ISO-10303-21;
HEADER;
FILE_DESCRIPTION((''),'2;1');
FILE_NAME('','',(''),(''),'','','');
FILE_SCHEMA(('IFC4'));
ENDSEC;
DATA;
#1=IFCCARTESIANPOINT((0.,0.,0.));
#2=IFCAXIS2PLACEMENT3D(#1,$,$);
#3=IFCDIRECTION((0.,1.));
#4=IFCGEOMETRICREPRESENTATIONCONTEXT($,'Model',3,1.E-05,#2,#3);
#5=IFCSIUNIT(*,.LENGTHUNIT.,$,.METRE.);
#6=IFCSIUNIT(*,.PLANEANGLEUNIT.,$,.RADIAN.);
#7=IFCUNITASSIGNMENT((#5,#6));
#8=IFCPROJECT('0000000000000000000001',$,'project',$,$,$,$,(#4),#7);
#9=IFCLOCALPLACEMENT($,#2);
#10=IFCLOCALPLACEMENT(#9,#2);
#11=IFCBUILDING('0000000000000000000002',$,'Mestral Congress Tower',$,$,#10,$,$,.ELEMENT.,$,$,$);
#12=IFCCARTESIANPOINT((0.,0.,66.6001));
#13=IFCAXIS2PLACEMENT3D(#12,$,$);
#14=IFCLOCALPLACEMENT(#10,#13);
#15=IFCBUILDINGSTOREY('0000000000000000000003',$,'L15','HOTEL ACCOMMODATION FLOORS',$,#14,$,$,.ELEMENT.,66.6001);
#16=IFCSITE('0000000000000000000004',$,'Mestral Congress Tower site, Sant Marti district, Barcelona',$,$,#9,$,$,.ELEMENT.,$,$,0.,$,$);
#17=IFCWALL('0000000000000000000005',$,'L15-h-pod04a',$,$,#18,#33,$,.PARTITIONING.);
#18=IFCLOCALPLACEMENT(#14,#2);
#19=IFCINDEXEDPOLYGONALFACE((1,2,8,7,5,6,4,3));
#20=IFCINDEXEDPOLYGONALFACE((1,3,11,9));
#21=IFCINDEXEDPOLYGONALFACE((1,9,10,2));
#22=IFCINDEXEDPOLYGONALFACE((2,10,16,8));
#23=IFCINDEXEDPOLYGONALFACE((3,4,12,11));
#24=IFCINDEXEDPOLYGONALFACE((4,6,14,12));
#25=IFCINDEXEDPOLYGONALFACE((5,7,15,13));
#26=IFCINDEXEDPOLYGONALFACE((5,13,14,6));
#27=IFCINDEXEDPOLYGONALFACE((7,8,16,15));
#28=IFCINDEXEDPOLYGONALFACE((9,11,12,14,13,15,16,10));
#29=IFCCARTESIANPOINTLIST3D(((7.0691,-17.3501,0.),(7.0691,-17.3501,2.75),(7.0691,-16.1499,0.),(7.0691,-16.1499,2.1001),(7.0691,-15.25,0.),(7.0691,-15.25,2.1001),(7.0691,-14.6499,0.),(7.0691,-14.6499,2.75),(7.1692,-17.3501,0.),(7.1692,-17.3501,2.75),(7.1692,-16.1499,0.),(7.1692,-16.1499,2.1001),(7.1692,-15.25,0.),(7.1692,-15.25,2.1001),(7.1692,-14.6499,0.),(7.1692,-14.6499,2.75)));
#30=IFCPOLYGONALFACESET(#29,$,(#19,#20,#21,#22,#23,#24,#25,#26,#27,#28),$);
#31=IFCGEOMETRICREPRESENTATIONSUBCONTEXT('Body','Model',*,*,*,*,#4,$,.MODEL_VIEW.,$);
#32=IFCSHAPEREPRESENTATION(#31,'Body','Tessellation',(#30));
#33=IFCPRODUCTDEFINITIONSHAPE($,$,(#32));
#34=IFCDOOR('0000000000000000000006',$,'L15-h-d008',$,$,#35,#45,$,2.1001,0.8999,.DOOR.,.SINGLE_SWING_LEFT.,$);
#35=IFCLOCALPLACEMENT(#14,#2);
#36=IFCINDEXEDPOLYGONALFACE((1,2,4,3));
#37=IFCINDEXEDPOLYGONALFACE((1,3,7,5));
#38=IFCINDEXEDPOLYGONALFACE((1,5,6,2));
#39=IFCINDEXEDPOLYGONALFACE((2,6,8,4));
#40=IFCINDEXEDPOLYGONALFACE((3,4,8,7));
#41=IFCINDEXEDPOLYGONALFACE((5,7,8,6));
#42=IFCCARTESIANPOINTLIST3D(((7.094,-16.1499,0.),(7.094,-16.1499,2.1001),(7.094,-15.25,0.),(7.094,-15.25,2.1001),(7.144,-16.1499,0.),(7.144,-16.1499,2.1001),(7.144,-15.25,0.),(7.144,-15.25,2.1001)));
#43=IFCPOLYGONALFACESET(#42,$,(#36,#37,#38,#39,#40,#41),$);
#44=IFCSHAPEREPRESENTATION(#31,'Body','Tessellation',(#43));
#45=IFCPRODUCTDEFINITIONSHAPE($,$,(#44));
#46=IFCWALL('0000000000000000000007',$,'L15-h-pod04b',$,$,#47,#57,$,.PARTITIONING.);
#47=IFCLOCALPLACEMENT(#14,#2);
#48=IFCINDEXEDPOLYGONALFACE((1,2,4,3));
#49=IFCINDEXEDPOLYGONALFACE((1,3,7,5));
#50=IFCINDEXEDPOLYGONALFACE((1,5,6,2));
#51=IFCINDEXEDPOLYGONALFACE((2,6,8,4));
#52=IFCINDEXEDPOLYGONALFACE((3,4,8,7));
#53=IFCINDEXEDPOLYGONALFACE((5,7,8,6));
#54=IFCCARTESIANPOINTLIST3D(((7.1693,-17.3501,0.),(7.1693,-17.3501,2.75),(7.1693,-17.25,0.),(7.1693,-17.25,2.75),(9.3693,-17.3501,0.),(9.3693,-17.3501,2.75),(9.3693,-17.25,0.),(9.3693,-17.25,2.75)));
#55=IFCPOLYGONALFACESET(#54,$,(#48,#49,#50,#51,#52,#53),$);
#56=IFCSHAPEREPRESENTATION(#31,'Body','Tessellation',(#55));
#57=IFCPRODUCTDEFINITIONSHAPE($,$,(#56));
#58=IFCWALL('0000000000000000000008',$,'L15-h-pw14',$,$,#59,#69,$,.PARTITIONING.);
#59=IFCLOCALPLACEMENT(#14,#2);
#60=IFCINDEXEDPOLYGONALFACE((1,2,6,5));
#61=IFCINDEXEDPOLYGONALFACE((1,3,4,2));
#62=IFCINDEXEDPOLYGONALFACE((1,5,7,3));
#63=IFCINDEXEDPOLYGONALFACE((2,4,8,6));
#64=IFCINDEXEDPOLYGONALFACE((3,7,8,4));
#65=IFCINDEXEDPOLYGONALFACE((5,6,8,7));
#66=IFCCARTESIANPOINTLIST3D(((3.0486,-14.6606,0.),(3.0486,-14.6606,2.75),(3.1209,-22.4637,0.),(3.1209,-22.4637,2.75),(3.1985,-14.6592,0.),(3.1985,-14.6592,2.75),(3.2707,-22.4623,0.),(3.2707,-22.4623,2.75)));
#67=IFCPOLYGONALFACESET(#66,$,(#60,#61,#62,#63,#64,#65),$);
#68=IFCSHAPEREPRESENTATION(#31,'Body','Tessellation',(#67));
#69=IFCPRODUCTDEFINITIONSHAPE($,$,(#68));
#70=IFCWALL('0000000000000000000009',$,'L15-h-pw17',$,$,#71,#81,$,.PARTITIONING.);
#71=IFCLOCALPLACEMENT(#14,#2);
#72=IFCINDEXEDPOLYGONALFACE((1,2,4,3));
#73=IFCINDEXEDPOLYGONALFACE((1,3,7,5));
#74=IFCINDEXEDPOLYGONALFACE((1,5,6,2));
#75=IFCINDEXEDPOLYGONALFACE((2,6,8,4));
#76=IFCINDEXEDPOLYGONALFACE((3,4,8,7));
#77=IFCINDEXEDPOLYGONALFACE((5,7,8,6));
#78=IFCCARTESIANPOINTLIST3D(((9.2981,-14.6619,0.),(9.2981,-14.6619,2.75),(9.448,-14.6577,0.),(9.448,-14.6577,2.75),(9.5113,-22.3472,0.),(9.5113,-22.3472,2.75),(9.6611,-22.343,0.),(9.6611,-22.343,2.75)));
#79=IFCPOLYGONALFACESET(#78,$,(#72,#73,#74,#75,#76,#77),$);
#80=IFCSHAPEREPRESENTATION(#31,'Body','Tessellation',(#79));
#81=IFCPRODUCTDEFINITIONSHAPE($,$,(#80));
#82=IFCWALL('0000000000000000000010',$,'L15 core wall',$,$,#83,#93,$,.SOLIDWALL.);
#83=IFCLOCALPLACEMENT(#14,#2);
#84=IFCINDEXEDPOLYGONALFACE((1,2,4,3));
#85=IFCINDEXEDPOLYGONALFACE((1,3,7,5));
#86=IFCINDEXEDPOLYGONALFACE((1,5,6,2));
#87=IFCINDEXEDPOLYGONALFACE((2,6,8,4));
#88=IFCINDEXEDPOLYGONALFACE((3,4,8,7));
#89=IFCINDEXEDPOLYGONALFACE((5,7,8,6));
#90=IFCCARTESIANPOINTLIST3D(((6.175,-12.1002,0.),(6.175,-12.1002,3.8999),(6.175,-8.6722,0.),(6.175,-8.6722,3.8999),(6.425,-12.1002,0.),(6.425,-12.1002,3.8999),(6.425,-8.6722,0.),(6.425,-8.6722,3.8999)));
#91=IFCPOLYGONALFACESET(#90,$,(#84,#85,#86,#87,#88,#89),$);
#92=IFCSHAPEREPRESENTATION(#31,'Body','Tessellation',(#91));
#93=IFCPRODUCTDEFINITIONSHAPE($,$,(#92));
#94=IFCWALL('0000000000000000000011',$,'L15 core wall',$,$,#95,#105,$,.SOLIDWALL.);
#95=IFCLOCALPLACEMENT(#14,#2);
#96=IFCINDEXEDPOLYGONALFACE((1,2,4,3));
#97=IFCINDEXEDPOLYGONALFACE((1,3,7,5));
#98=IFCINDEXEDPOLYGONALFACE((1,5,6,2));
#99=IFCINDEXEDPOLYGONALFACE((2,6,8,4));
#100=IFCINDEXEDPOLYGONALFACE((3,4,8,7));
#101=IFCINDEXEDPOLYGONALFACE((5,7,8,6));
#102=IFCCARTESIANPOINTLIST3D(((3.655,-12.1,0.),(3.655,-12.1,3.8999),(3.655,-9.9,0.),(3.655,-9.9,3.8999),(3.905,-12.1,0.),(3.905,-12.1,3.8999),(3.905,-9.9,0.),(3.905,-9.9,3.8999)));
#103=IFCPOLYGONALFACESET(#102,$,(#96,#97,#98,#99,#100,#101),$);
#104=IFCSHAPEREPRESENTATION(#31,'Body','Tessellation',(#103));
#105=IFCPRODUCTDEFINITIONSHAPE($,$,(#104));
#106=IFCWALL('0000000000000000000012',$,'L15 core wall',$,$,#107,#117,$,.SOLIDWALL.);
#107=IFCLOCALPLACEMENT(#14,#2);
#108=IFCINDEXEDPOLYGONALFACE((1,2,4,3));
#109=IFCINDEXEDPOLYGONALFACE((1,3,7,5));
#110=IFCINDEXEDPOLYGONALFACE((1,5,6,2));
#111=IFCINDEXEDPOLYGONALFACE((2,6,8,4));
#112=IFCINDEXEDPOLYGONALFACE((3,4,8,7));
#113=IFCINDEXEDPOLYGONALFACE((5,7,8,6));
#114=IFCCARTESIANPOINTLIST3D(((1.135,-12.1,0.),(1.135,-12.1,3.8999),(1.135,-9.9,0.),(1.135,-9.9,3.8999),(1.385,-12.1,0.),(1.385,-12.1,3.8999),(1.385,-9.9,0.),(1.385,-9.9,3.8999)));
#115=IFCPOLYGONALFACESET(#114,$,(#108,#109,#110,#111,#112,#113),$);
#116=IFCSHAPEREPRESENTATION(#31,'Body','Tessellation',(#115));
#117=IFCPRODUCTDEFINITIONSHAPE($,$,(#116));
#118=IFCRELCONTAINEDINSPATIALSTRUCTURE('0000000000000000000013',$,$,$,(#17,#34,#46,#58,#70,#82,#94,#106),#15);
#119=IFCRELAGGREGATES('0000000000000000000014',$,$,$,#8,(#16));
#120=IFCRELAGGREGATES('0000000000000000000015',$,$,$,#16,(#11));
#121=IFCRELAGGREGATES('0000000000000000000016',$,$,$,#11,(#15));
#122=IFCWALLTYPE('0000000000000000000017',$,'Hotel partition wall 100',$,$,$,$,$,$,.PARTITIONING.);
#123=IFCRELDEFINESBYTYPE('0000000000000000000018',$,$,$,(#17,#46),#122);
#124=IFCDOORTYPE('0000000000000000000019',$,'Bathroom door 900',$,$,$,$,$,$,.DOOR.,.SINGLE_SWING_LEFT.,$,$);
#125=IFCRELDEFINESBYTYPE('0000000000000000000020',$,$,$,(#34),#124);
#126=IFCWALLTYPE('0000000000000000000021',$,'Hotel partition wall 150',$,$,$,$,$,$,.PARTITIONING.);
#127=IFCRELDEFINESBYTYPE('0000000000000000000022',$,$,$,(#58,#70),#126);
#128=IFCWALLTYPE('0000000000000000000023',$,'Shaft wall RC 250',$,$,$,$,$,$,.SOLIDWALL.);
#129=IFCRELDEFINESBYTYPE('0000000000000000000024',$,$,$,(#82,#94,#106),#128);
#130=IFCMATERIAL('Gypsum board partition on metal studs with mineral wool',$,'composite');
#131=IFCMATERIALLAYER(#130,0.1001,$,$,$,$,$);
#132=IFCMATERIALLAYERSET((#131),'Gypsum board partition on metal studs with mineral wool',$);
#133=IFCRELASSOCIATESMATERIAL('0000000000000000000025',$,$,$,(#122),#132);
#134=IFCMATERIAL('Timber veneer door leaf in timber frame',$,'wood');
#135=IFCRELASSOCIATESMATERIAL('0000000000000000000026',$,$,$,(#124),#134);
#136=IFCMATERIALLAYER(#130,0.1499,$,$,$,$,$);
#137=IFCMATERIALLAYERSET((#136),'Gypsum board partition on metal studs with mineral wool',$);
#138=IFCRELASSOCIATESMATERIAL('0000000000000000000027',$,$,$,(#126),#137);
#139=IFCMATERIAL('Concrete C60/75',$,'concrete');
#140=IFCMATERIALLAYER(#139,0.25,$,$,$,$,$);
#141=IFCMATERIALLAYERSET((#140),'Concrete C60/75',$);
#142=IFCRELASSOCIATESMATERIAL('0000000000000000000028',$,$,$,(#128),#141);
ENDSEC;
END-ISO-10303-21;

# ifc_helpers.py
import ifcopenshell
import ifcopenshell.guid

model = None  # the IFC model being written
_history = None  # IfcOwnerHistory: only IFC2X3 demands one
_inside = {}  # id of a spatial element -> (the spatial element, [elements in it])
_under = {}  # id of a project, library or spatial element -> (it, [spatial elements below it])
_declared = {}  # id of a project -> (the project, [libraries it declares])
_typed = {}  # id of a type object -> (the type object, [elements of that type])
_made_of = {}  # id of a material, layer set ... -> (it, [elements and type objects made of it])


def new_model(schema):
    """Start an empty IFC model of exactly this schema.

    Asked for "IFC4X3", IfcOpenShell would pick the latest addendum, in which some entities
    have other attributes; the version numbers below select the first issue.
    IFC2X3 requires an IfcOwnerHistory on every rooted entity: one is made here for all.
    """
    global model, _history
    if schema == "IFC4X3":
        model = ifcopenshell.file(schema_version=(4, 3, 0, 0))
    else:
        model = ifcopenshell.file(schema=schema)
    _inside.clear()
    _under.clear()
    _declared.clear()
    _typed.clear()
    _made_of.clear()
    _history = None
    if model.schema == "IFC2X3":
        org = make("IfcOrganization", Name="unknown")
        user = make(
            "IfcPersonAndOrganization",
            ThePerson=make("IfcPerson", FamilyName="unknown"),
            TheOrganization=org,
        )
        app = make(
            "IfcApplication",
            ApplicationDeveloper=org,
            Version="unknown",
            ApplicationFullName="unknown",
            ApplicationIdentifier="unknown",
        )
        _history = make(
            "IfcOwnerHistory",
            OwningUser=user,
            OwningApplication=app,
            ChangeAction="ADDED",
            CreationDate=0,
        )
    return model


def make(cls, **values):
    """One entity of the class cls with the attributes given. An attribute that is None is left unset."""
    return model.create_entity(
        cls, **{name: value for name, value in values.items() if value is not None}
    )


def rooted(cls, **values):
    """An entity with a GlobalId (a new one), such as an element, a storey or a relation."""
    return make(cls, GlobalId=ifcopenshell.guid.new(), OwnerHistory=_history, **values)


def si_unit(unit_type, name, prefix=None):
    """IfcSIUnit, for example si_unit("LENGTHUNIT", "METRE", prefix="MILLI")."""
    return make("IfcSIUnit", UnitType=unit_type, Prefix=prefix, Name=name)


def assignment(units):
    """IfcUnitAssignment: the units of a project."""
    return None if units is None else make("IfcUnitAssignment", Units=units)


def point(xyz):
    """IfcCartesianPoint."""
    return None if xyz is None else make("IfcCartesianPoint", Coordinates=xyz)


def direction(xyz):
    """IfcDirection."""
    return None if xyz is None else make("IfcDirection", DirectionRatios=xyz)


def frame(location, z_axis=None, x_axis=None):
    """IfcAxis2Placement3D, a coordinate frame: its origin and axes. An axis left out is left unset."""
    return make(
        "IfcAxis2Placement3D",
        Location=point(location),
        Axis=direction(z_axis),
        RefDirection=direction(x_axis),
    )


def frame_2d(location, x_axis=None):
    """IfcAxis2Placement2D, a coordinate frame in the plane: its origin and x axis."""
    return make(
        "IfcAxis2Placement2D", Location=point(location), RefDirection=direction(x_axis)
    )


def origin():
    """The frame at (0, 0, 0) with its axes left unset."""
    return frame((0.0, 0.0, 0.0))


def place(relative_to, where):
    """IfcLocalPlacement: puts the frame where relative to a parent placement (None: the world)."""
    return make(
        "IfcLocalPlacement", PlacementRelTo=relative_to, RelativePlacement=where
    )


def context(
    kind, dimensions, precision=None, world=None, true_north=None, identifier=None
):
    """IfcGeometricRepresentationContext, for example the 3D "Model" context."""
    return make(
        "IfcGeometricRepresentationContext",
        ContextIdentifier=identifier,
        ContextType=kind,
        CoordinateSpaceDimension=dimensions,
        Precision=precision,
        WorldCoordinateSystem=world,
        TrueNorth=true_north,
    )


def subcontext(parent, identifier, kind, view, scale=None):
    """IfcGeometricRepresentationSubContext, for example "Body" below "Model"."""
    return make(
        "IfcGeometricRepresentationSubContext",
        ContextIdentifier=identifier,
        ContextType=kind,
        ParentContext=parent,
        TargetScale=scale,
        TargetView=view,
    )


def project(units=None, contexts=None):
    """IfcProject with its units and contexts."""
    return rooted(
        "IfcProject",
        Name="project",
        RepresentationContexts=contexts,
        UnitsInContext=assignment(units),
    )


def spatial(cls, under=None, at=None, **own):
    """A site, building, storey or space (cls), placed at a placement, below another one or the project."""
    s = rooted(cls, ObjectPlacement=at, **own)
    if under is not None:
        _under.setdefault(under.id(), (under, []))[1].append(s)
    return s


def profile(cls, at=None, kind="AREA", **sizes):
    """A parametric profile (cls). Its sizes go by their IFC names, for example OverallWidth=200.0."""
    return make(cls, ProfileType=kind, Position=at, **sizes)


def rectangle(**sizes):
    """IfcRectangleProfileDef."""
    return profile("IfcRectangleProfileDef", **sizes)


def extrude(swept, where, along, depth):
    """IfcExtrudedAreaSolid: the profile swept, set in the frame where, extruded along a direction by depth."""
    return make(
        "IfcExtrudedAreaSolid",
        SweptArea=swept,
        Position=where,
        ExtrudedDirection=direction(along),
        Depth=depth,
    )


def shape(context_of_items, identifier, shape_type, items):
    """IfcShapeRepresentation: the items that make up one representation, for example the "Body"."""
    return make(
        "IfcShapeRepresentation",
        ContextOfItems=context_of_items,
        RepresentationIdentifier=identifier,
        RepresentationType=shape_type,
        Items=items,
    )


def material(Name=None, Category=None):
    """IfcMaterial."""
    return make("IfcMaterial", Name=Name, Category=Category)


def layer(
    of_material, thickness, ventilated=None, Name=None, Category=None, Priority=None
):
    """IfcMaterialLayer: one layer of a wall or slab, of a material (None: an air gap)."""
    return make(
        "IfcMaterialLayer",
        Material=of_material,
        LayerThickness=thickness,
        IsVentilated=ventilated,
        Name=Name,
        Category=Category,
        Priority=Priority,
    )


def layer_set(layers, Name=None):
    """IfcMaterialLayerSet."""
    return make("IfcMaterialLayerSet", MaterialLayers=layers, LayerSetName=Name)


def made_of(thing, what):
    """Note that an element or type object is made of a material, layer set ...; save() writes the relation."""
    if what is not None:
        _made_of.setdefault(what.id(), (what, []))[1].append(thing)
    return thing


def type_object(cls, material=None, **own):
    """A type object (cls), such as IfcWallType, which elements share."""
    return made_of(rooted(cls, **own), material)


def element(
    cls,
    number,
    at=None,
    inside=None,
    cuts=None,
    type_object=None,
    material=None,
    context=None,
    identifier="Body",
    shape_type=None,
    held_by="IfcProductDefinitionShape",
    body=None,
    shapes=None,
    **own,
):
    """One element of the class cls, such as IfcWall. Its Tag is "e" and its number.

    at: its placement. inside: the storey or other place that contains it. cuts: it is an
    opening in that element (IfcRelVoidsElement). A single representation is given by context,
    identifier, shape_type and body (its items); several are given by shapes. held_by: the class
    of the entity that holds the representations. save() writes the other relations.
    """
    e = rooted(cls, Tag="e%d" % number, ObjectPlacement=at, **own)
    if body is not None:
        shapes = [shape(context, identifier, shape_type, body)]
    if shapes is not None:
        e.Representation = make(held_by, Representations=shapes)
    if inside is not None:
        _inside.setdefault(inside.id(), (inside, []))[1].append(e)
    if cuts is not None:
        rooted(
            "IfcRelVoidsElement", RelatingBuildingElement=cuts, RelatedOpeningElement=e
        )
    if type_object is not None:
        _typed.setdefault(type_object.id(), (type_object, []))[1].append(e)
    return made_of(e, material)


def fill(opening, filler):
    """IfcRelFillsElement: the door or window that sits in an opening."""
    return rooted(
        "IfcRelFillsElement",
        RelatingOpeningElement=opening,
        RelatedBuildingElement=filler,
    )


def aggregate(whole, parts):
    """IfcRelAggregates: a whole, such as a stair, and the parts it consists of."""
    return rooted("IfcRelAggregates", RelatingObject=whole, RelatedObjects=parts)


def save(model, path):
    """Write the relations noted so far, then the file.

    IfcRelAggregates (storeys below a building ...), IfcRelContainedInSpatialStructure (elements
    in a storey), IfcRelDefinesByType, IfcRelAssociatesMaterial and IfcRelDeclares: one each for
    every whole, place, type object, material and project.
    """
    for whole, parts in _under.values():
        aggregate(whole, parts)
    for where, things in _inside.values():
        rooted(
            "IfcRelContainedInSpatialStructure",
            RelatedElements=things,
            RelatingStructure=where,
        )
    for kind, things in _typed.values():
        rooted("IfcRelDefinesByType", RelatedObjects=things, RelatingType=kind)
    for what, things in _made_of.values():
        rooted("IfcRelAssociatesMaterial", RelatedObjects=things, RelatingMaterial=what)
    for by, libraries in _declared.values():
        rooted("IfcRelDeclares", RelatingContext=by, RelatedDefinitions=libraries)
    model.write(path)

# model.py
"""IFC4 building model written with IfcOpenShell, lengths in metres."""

from ifc_helpers import new_model, si_unit, direction, frame, frame_2d, origin, place, context, subcontext, project, spatial, rectangle, extrude, material, layer, layer_set, type_object, element, fill, save


model = new_model("IFC4")

# Units and contexts
model_context = context("Model", 3, precision=1e-05, world=origin(), true_north=direction((0.0, 1.0)))
body_context = subcontext(model_context, "Body", "Model", "MODEL_VIEW")
ifc_project = project(units=[si_unit("LENGTHUNIT", "METRE"), si_unit("PLANEANGLEUNIT", "RADIAN")], contexts=[model_context])

# Site, building, storey
site_placement = place(None, origin())
site = spatial("IfcSite", under=ifc_project, at=site_placement, Name="Mestral Congress Tower site, Sant Marti district, Barcelona", CompositionType="ELEMENT", RefElevation=0.0)
building_placement = place(site_placement, origin())
building = spatial("IfcBuilding", under=site, at=building_placement, Name="Mestral Congress Tower", CompositionType="ELEMENT")
storey_placement = place(building_placement, frame((0.0, 0.0, 66.6001)))
storey = spatial("IfcBuildingStorey", under=building, at=storey_placement, Name="L15", Description="HOTEL ACCOMMODATION FLOORS", CompositionType="ELEMENT", Elevation=66.6001)

# Wall, opening, door
ifc_material_1 = material(Name="Gypsum board partition on metal studs with mineral wool", Category="composite")
ifc_layer_1 = layer(ifc_material_1, 0.1001)
ifc_layer_set_1 = layer_set([ifc_layer_1], Name="Gypsum board partition on metal studs with mineral wool")
wall_type_1 = type_object("IfcWallType", Name="Hotel partition wall 100", PredefinedType="PARTITIONING", material=ifc_layer_set_1)
wall_1_placement = place(storey_placement, frame((7.1191, -14.6499, 0.0), z_axis=(0.0, 0.0, 1.0), x_axis=(0.0, -1.0, 0.0)))
wall_1 = element("IfcWall", 1, at=wall_1_placement, inside=storey, type_object=wall_type_1, Name="L15-h-pod04a", PredefinedType="PARTITIONING", context=body_context, shape_type="SweptSolid", body=[
    extrude(rectangle(XDim=2.7002, YDim=0.1001, at=frame_2d((1.3501, 0.0))), origin(), (0.0, 0.0, 1.0), 2.75),
])
opening_1_placement = place(wall_1_placement, frame((0.6001, 0.0, 0.0)))
opening_1 = element("IfcOpeningElement", 2, at=opening_1_placement, cuts=wall_1, PredefinedType="OPENING", context=body_context, shape_type="SweptSolid", body=[
    extrude(rectangle(XDim=0.8999, YDim=2.1001, at=frame_2d((0.45, 1.05))), frame((0.0, 0.0601, 0.0), z_axis=(0.0, -1.0, 0.0), x_axis=(1.0, 0.0, 0.0)), (0.0, 0.0, 1.0), 0.1201),
])
ifc_material_2 = material(Name="Timber veneer door leaf in timber frame", Category="wood")
door_type = type_object("IfcDoorType", Name="Bathroom door 900", OperationType="SINGLE_SWING_LEFT", PredefinedType="DOOR", material=ifc_material_2)
door_placement = place(opening_1_placement, origin())
door = element("IfcDoor", 3, at=door_placement, inside=storey, type_object=door_type, Name="L15-h-d008", OperationType="SINGLE_SWING_LEFT", OverallHeight=2.1001, OverallWidth=0.8999, PredefinedType="DOOR", context=body_context, shape_type="SweptSolid", body=[
    extrude(rectangle(XDim=0.8999, YDim=2.1001, at=frame_2d((0.45, 1.05))), frame((0.0, 0.0249, 0.0), z_axis=(0.0, -1.0, 0.0), x_axis=(1.0, 0.0, 0.0)), (0.0, 0.0, 1.0), 0.05),
])
fill(opening_1, door)

# Walls
wall_2_placement = place(storey_placement, frame((7.1692, -17.3, 0.0), z_axis=(0.0, 0.0, 1.0), x_axis=(1.0, 0.0, 0.0)))
element("IfcWall", 4, at=wall_2_placement, inside=storey, type_object=wall_type_1, Name="L15-h-pod04b", PredefinedType="PARTITIONING", context=body_context, shape_type="SweptSolid", body=[
    extrude(rectangle(XDim=2.2, YDim=0.1001, at=frame_2d((1.1001, 0.0))), origin(), (0.0, 0.0, 1.0), 2.75),
])
ifc_layer_2 = layer(ifc_material_1, 0.1499)
ifc_layer_set_2 = layer_set([ifc_layer_2], Name="Gypsum board partition on metal studs with mineral wool")
wall_type_2 = type_object("IfcWallType", Name="Hotel partition wall 150", PredefinedType="PARTITIONING", material=ifc_layer_set_2)
wall_3_placement = place(storey_placement, frame((3.1958, -22.4631, 0.0), z_axis=(0.0, 0.0, 1.0), x_axis=(-0.009261, 0.999957, 0.0)))
element("IfcWall", 5, at=wall_3_placement, inside=storey, type_object=wall_type_2, Name="L15-h-pw14", PredefinedType="PARTITIONING", context=body_context, shape_type="SweptSolid", body=[
    extrude(rectangle(XDim=7.8035, YDim=0.1499, at=frame_2d((3.9019, 0.0))), origin(), (0.0, 0.0, 1.0), 2.75),
])
wall_4_placement = place(storey_placement, frame((9.5862, -22.3452, 0.0), z_axis=(0.0, 0.0, 1.0), x_axis=(-0.027722, 0.999616, 0.0)))
element("IfcWall", 6, at=wall_4_placement, inside=storey, type_object=wall_type_2, Name="L15-h-pw17", PredefinedType="PARTITIONING", context=body_context, shape_type="SweptSolid", body=[
    extrude(rectangle(XDim=7.6882, YDim=0.1499, at=frame_2d((3.8442, 0.0))), origin(), (0.0, 0.0, 1.0), 2.75),
])
ifc_material_3 = material(Name="Concrete C60/75", Category="concrete")
ifc_layer_3 = layer(ifc_material_3, 0.25)
ifc_layer_set_3 = layer_set([ifc_layer_3], Name="Concrete C60/75")
wall_type_3 = type_object("IfcWallType", Name="Shaft wall RC 250", PredefinedType="SOLIDWALL", material=ifc_layer_set_3)
wall_5_placement = place(storey_placement, frame((6.3, -12.1001, 0.0), z_axis=(0.0, 0.0, 1.0), x_axis=(0.0, 1.0, 0.0)))
element("IfcWall", 7, at=wall_5_placement, inside=storey, type_object=wall_type_3, Name="L15 core wall", PredefinedType="SOLIDWALL", context=body_context, shape_type="SweptSolid", body=[
    extrude(rectangle(XDim=3.428, YDim=0.25, at=frame_2d((1.7139, 0.0))), origin(), (0.0, 0.0, 1.0), 3.8999),
])
for number, where, z_axis, x_axis, name in (
    (8, (3.78, -12.1001, 0.0), (0.0, 0.0, 1.0), (0.0, 1.0, 0.0), "L15 core wall"),
    (9, (1.26, -12.1001, 0.0), (0.0, 0.0, 1.0), (0.0, 1.0, 0.0), "L15 core wall"),
):
    element("IfcWall", number, at=place(storey_placement, frame(where, z_axis=z_axis, x_axis=x_axis)), inside=storey, type_object=wall_type_3, Name=name, PredefinedType="SOLIDWALL", context=body_context, shape_type="SweptSolid", body=[
        extrude(rectangle(XDim=2.2, YDim=0.25, at=frame_2d((1.1001, 0.0))), origin(), (0.0, 0.0, 1.0), 3.8999),
    ])

save(model, "model.ifc")
